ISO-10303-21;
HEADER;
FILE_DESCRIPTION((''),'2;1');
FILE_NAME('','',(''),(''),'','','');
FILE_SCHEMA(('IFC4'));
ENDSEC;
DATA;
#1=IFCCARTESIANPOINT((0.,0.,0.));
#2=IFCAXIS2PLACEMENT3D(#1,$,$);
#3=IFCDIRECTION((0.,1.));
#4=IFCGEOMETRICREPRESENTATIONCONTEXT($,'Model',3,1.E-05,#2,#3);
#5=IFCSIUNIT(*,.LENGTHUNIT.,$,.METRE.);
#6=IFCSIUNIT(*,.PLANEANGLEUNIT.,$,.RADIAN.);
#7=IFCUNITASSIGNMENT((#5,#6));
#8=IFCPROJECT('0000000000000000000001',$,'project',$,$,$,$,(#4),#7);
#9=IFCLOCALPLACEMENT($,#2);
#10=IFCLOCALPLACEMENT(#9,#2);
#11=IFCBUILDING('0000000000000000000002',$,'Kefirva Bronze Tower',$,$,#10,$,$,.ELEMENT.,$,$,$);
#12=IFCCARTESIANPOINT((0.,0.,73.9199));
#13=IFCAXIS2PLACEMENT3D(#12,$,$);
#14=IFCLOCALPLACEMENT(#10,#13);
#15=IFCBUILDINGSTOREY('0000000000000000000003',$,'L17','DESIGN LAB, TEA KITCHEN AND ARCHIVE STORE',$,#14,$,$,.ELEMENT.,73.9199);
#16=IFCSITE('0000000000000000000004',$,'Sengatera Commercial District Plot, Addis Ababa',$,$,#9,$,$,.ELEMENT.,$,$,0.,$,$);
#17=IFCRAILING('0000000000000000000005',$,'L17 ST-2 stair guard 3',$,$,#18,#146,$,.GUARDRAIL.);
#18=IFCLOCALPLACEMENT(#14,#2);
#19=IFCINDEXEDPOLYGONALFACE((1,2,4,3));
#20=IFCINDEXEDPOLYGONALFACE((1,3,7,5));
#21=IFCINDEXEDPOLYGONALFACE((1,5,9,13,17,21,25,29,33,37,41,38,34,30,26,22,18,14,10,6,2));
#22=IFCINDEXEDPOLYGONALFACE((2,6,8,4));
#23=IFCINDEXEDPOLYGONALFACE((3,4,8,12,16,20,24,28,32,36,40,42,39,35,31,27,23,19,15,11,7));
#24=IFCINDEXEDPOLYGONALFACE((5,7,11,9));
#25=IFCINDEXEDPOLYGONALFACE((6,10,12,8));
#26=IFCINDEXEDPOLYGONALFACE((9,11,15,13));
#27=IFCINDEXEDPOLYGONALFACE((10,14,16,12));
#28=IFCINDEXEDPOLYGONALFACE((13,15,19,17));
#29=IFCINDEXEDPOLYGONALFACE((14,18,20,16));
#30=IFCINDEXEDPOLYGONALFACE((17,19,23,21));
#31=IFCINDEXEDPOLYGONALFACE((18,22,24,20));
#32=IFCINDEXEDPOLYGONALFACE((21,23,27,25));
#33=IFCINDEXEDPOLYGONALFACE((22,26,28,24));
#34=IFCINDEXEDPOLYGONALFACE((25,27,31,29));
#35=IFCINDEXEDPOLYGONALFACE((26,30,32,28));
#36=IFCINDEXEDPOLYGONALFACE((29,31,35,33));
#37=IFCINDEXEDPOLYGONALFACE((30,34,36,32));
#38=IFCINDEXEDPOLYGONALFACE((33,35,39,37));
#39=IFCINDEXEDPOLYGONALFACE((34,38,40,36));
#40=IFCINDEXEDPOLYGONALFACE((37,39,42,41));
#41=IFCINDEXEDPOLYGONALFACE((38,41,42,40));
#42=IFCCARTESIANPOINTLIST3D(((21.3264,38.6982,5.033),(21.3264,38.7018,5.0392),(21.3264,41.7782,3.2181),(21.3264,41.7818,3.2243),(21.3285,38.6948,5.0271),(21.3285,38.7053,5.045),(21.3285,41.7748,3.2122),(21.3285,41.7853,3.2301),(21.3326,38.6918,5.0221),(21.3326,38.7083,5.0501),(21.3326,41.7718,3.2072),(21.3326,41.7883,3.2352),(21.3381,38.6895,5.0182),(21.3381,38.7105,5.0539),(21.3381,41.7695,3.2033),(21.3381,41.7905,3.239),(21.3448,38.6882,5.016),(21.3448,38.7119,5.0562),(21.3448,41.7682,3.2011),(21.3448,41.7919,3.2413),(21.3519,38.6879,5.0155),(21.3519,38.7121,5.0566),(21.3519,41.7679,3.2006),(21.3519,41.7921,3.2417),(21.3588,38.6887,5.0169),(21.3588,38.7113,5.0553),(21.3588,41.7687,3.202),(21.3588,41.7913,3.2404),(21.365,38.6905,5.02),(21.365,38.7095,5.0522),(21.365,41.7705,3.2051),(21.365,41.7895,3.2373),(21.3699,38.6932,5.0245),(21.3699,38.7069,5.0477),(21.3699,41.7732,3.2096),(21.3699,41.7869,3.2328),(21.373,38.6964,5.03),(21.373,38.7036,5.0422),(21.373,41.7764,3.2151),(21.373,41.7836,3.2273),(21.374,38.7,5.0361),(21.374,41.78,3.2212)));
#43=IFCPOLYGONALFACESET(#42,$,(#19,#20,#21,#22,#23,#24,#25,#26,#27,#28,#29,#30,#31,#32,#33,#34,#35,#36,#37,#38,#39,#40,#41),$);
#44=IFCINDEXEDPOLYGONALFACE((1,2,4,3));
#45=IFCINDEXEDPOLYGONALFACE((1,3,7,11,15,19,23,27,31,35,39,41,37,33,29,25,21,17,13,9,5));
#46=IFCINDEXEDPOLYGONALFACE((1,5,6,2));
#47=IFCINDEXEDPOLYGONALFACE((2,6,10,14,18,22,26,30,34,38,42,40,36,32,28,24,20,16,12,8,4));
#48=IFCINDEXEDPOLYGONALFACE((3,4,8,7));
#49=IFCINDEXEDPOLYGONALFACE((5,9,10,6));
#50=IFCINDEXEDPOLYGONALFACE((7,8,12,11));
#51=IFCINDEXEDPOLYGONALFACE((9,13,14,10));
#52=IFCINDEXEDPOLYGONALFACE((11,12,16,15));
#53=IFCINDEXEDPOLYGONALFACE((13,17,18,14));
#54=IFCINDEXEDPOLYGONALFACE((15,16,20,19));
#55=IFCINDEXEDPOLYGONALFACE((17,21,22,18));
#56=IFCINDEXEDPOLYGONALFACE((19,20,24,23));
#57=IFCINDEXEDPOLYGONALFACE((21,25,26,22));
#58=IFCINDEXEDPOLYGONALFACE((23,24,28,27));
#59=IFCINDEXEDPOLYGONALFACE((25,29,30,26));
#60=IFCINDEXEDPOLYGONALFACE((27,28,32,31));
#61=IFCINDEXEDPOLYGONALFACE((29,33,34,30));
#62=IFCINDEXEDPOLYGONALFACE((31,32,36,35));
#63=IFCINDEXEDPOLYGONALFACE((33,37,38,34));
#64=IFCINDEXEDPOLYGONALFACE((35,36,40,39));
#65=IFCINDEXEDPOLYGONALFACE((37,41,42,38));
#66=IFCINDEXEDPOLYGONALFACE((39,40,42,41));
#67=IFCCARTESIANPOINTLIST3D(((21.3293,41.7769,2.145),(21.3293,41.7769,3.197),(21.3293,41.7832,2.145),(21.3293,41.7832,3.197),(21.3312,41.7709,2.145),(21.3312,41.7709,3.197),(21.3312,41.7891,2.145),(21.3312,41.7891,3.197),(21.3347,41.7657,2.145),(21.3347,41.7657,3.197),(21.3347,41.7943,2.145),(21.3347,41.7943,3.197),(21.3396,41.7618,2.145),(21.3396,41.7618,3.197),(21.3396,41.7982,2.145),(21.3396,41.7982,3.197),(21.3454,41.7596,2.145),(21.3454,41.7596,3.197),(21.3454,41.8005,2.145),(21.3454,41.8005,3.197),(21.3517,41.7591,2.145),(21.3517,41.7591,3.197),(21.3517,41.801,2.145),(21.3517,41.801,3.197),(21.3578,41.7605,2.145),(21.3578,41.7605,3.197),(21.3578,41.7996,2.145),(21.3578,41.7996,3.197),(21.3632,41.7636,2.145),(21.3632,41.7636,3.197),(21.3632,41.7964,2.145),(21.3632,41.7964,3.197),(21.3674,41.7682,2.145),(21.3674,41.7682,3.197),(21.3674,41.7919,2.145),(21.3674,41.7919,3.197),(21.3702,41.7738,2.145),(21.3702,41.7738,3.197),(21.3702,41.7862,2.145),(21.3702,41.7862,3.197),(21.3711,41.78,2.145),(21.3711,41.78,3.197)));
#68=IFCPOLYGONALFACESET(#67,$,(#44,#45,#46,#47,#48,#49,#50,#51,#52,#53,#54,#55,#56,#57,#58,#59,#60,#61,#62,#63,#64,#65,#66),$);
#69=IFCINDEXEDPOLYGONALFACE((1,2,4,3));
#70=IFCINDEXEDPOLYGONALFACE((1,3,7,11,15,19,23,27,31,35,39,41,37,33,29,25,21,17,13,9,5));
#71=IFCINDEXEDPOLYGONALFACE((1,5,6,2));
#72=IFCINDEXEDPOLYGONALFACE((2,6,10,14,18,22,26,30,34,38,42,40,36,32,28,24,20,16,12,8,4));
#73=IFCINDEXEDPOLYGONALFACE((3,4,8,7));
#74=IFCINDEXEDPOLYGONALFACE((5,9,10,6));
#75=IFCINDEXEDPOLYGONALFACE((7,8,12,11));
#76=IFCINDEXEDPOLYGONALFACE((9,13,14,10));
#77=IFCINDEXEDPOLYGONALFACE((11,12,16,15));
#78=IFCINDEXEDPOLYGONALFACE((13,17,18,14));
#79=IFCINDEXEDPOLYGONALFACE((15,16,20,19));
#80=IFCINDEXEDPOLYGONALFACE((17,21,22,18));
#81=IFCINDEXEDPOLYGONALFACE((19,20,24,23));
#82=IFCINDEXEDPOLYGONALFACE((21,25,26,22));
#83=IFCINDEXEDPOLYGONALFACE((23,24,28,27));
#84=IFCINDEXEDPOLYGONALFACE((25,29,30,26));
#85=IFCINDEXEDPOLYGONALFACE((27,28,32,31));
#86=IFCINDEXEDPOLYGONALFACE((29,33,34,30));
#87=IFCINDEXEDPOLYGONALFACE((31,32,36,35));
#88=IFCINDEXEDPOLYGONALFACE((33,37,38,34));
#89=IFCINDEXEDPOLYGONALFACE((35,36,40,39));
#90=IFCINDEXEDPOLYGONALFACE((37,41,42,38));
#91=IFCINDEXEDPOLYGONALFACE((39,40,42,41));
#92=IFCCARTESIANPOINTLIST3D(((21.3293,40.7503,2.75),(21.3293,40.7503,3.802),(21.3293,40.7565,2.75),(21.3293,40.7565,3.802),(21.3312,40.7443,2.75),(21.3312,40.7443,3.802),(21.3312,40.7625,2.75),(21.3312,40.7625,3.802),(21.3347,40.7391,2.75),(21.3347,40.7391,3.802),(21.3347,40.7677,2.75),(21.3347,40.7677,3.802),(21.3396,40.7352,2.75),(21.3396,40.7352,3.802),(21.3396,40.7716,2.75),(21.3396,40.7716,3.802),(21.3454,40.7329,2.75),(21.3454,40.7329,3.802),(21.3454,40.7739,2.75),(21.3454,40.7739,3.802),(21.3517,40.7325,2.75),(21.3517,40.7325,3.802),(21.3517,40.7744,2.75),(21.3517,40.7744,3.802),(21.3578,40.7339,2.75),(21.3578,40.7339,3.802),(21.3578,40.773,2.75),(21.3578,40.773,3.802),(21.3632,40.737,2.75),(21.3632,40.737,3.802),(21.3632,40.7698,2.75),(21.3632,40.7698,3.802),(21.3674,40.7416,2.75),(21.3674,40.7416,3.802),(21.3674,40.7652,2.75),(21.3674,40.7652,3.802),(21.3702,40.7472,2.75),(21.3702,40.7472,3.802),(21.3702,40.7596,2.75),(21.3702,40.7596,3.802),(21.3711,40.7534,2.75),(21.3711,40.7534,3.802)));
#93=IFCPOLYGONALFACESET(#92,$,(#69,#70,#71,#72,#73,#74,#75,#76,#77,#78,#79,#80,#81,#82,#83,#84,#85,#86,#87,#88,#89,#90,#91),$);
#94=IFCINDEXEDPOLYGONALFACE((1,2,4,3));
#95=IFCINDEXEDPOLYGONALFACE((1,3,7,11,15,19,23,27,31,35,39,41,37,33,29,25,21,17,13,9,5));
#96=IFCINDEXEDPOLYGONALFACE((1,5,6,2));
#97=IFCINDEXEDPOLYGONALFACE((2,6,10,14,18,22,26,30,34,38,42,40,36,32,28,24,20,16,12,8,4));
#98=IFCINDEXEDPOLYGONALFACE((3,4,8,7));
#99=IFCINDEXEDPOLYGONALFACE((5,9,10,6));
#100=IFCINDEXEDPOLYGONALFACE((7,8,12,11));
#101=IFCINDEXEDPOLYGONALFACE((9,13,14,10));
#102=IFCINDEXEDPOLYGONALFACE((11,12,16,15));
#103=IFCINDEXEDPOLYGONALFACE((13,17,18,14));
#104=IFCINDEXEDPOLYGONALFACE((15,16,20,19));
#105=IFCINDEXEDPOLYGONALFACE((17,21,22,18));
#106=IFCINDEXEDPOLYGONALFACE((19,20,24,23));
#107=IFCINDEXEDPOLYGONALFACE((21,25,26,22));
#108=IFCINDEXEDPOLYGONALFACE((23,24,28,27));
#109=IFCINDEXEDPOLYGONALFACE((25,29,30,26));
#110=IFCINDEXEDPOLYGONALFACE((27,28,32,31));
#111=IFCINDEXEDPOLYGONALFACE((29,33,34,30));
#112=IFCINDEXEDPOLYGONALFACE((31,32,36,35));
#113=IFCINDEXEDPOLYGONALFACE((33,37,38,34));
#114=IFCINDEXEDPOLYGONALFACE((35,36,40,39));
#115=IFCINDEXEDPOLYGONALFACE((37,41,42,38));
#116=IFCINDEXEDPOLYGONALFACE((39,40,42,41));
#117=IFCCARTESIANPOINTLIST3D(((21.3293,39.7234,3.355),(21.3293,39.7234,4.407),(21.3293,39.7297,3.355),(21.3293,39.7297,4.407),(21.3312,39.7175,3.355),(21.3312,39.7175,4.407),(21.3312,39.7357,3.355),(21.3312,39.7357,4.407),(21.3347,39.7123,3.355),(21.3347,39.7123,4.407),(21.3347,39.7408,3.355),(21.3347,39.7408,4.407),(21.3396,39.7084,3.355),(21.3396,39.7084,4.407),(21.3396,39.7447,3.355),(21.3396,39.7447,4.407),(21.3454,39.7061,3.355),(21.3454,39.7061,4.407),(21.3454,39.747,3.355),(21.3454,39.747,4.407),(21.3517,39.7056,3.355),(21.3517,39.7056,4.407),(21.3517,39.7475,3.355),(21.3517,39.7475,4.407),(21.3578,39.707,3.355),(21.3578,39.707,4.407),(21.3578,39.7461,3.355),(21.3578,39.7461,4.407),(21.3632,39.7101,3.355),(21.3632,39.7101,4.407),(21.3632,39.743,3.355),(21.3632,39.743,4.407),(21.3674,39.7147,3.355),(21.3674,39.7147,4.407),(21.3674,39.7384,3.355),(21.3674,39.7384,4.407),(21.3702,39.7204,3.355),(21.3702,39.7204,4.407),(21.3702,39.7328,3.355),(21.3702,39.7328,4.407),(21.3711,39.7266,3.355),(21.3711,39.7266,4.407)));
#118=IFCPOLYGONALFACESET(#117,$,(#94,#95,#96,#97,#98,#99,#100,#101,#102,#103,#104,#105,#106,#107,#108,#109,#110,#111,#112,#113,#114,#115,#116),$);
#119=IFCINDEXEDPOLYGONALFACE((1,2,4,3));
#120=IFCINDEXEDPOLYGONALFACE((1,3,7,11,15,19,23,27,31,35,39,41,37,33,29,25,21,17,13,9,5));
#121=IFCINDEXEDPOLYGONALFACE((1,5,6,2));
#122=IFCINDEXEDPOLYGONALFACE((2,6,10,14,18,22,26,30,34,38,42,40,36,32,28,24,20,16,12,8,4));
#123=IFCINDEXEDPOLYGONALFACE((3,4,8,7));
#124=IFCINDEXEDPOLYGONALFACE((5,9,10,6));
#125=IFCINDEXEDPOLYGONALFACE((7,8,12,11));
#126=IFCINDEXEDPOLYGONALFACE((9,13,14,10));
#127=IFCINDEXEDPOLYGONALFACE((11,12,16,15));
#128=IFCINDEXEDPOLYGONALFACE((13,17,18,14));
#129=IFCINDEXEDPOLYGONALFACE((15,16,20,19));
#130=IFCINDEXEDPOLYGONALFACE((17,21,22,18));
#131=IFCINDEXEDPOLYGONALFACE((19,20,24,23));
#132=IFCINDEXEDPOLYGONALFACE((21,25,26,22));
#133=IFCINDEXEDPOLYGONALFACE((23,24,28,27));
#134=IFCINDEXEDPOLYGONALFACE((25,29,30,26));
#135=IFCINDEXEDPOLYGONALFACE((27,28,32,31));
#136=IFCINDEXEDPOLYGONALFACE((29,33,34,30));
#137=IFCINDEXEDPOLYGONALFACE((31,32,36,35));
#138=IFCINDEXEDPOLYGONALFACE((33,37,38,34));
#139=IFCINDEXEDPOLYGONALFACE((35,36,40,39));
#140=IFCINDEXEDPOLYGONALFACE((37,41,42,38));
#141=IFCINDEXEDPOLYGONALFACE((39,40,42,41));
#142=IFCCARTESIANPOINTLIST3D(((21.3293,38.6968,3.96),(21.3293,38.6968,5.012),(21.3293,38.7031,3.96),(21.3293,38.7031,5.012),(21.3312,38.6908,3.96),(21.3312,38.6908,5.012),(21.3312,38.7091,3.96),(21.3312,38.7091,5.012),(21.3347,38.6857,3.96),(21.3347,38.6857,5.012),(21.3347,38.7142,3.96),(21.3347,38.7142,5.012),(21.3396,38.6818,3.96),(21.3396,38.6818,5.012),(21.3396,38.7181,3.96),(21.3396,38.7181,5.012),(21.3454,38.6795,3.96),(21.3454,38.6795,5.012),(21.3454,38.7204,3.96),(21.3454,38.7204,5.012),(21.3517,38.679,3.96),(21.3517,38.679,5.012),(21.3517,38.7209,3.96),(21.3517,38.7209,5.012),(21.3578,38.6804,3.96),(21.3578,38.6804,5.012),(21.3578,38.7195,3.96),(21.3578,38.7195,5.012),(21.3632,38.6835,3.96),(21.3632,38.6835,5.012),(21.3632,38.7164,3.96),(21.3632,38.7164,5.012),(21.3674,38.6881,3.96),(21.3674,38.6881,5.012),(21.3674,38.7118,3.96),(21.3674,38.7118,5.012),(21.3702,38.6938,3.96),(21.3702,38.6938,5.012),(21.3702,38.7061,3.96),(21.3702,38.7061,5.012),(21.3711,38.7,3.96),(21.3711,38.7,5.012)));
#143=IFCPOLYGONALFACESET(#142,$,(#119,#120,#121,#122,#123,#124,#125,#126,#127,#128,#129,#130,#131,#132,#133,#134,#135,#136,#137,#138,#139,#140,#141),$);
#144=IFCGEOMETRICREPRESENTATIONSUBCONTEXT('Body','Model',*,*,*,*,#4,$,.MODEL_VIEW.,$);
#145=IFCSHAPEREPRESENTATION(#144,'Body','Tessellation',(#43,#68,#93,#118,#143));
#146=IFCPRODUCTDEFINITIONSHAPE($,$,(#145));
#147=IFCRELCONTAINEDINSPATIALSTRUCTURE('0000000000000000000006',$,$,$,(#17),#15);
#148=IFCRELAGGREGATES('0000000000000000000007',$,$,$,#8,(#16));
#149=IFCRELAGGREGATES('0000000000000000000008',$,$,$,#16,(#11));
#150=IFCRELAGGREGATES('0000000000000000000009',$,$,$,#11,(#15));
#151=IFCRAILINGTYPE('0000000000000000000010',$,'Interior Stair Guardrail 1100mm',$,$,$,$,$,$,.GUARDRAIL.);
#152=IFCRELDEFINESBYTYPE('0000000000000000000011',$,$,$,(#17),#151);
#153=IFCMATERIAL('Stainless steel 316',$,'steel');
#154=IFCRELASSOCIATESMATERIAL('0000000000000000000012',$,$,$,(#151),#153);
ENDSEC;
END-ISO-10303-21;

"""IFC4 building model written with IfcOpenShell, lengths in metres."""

from ifc_helpers import new_model, si_unit, direction, frame, origin, origin_2d, place, context, subcontext, project, spatial, circle, extrude, material, type_object, element, save


model = new_model("IFC4")

# Units and contexts
model_context = context("Model", 3, precision=1e-05, world=origin(), true_north=direction((0.0, 1.0)))
body_context = subcontext(model_context, "Body", "Model", "MODEL_VIEW")
ifc_project = project(units=[si_unit("LENGTHUNIT", "METRE"), si_unit("PLANEANGLEUNIT", "RADIAN")], contexts=[model_context])

# Site, building, storey
site_placement = place(None, origin())
site = spatial("IfcSite", under=ifc_project, at=site_placement, Name="Sengatera Commercial District Plot, Addis Ababa", CompositionType="ELEMENT", RefElevation=0.0)
building_placement = place(site_placement, origin())
building = spatial("IfcBuilding", under=site, at=building_placement, Name="Kefirva Bronze Tower", CompositionType="ELEMENT")
storey_placement = place(building_placement, frame((0.0, 0.0, 73.9199)))
storey = spatial("IfcBuildingStorey", under=building, at=storey_placement, Name="L17", Description="DESIGN LAB, TEA KITCHEN AND ARCHIVE STORE", CompositionType="ELEMENT", Elevation=73.9199)

# Railing
ifc_material_1 = material(Name="Stainless steel 316", Category="steel")
railing_type_1 = type_object("IfcRailingType", Name="Interior Stair Guardrail 1100mm", PredefinedType="GUARDRAIL", material=ifc_material_1)
railing_1_placement = place(storey_placement, frame((21.3501, 41.78, 2.145)))
element("IfcRailing", 1, at=railing_1_placement, inside=storey, type_object=railing_type_1, Name="L17 ST-2 stair guard 3", PredefinedType="GUARDRAIL", context=body_context, shape_type="SweptSolid", body=[
    extrude(circle(Radius=0.0239, at=origin_2d()), frame((0.0, 0.0, 1.0762), z_axis=(0.0, -0.861551, 0.507671), x_axis=(1.0, 0.0, 0.0)), (0.0, 0.0, 1.0), 3.575),
    extrude(circle(Radius=0.021, at=origin_2d()), origin(), (0.0, 0.0, 1.0), 1.052),
    extrude(circle(Radius=0.021, at=origin_2d()), frame((0.0, -1.0266, 0.605)), (0.0, 0.0, 1.0), 1.052),
    extrude(circle(Radius=0.021, at=origin_2d()), frame((0.0, -2.0535, 1.21)), (0.0, 0.0, 1.0), 1.052),
    extrude(circle(Radius=0.021, at=origin_2d()), frame((0.0, -3.0801, 1.8149)), (0.0, 0.0, 1.0), 1.052),
])

save(model, "model.ifc")
